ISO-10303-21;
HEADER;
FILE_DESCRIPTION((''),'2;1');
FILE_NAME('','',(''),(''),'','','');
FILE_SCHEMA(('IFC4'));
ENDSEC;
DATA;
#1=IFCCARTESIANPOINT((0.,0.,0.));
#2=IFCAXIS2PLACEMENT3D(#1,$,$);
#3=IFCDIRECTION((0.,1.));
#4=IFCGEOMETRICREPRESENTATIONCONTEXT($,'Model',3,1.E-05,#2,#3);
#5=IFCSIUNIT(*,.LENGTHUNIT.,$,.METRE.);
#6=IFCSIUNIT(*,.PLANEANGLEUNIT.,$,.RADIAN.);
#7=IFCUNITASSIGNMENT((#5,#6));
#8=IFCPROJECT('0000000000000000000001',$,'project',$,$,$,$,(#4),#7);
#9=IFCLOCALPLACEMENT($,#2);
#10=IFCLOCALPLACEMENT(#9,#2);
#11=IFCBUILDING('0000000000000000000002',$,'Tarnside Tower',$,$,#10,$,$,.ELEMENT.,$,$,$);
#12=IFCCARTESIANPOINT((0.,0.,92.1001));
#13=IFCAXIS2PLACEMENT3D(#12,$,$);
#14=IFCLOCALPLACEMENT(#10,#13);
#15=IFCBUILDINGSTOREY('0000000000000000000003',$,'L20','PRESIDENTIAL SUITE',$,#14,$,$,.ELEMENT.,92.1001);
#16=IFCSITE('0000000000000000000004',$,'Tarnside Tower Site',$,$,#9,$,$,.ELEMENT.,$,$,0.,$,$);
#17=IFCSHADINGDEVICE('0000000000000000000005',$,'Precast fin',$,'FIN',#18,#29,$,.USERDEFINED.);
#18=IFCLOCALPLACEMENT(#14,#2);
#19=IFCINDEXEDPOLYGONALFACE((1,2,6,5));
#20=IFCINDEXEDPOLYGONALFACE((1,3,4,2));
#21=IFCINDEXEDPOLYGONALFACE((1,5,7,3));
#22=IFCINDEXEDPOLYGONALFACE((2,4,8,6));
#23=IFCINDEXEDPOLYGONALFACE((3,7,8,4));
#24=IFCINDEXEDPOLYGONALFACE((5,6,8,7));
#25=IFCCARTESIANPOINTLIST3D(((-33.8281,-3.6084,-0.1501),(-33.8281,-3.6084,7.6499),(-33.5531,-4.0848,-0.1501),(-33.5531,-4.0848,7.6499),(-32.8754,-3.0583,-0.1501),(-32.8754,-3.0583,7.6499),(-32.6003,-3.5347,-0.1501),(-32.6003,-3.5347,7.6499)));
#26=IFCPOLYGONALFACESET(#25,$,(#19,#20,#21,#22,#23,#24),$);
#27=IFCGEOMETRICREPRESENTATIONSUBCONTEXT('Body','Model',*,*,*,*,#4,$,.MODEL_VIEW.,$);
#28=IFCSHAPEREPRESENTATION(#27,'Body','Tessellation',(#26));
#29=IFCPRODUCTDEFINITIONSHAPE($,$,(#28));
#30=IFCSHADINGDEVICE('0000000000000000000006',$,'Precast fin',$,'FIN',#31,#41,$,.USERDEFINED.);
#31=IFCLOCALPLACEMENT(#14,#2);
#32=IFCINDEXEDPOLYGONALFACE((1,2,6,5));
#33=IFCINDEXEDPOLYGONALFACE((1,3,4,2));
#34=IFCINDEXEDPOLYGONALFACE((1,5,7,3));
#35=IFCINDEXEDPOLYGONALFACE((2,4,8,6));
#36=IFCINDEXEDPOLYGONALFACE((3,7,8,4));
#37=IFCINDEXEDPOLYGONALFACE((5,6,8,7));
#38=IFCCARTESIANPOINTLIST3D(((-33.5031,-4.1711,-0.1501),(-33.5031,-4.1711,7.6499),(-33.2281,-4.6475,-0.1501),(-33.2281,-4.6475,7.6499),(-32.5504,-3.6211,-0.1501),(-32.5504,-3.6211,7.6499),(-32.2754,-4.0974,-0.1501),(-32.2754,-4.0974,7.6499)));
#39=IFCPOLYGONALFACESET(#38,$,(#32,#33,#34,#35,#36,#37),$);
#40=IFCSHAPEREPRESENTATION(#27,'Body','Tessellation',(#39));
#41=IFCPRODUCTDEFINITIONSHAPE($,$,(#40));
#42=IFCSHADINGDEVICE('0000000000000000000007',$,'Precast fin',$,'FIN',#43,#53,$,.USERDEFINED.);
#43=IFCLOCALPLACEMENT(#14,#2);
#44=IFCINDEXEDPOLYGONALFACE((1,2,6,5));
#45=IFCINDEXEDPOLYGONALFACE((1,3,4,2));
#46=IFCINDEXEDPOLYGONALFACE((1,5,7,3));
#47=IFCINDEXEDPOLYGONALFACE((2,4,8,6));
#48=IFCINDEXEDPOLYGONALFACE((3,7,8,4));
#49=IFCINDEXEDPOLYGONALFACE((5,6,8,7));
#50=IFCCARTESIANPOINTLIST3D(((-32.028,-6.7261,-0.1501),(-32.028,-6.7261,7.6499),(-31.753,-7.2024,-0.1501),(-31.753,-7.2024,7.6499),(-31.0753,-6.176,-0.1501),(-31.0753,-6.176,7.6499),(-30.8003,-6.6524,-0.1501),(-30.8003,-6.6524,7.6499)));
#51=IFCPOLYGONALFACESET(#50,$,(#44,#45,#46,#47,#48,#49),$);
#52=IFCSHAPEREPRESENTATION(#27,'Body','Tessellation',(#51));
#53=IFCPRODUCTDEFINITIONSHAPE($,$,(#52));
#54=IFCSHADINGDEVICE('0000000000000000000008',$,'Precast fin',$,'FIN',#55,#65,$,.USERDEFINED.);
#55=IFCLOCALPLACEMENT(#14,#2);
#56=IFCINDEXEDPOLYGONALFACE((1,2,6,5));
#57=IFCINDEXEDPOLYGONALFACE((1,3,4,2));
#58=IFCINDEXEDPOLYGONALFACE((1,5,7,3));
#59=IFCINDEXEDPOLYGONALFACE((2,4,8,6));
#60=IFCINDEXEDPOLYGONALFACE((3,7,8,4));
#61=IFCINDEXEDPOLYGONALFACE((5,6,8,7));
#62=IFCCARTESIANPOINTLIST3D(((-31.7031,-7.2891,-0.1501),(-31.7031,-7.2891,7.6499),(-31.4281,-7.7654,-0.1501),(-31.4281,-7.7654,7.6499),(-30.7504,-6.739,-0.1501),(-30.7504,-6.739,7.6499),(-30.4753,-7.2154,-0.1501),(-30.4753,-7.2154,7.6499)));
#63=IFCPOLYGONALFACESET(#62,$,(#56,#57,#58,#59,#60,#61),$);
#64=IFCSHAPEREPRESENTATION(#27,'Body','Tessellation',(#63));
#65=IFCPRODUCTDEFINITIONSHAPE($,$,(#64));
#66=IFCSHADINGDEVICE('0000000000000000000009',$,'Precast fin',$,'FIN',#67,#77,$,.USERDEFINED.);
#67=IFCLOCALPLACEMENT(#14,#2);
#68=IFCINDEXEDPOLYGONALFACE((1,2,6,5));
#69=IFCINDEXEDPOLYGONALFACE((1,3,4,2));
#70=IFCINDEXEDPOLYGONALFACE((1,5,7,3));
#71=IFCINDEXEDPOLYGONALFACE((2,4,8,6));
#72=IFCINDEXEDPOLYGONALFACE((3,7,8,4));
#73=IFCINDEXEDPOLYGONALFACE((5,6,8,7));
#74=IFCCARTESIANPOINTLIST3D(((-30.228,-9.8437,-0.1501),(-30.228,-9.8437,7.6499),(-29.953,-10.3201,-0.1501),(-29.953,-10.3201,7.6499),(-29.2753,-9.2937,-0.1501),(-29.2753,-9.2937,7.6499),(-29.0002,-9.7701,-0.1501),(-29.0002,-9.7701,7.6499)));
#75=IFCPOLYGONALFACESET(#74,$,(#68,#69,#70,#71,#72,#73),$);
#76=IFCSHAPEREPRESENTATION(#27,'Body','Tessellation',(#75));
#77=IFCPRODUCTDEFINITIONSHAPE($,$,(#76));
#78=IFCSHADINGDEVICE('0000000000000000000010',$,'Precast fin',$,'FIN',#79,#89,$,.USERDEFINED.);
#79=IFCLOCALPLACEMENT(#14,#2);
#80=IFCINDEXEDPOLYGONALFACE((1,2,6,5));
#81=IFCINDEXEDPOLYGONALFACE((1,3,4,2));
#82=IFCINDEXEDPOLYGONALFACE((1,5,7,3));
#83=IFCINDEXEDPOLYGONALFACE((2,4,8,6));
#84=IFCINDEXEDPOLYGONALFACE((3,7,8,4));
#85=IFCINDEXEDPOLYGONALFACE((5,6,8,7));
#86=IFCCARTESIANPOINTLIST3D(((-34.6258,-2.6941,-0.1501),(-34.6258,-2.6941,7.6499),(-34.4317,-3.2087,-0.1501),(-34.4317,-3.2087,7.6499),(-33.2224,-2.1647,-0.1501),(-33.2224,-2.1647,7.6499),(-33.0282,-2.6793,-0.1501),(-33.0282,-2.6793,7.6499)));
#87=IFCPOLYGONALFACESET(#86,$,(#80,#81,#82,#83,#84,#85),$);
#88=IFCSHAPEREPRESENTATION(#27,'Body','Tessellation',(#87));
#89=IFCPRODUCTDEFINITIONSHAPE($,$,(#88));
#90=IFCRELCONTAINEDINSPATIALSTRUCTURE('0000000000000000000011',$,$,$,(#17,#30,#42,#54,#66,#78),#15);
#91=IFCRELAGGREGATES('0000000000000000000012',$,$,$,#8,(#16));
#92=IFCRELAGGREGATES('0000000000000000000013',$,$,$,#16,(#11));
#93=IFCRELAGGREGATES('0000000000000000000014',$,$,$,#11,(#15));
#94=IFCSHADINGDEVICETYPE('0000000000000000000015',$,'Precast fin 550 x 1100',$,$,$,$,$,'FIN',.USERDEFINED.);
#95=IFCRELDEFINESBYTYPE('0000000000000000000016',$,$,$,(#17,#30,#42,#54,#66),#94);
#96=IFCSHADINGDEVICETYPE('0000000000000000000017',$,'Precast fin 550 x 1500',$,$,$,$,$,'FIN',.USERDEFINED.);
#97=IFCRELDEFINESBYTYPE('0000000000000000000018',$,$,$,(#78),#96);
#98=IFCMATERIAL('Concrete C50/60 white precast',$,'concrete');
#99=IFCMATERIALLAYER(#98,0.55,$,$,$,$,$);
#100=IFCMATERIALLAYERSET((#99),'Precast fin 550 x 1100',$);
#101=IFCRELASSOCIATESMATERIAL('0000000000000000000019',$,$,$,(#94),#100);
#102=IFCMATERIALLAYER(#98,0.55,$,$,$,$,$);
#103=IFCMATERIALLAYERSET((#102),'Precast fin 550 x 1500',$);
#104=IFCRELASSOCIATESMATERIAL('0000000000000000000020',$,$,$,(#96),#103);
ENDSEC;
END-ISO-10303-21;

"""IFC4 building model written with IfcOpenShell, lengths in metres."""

from ifc_helpers import new_model, si_unit, direction, frame, origin, place, context, subcontext, project, spatial, polyline, outline, extrude, material, layer, layer_set, type_object, element, save


model = new_model("IFC4")

# Units and contexts
model_context = context("Model", 3, precision=1e-05, world=origin(), true_north=direction((0.0, 1.0)))
body_context = subcontext(model_context, "Body", "Model", "MODEL_VIEW")
ifc_project = project(units=[si_unit("LENGTHUNIT", "METRE"), si_unit("PLANEANGLEUNIT", "RADIAN")], contexts=[model_context])

# Site, building, storey
site_placement = place(None, origin())
site = spatial("IfcSite", under=ifc_project, at=site_placement, Name="Tarnside Tower Site", CompositionType="ELEMENT", RefElevation=0.0)
building_placement = place(site_placement, origin())
building = spatial("IfcBuilding", under=site, at=building_placement, Name="Tarnside Tower", CompositionType="ELEMENT")
storey_placement = place(building_placement, frame((0.0, 0.0, 92.1001)))
storey = spatial("IfcBuildingStorey", under=building, at=storey_placement, Name="L20", Description="PRESIDENTIAL SUITE", CompositionType="ELEMENT", Elevation=92.1001)

# Shading devices
ifc_material_1 = material(Name="Concrete C50/60 white precast", Category="concrete")
ifc_layer_1 = layer(ifc_material_1, 0.55)
ifc_layer_set_1 = layer_set([ifc_layer_1], Name="Precast fin 550 x 1100")
shading_device_type_1 = type_object("IfcShadingDeviceType", Name="Precast fin 550 x 1100", ElementType="FIN", PredefinedType="USERDEFINED", material=ifc_layer_set_1)
for number, where, z_axis, x_axis, name in (
    (1, (-32.7378, -3.2966, -0.1501), (-0.5, 0.866025, 0.0), (-0.866025, -0.5, 0.0), "Precast fin"),
    (2, (-32.4128, -3.8594, -0.1501), (-0.5, 0.866025, 0.0), (-0.866025, -0.5, 0.0), "Precast fin"),
    (3, (-30.9377, -6.4143, -0.1501), (-0.5, 0.866025, 0.0), (-0.866025, -0.5, 0.0), "Precast fin"),
    (4, (-30.6128, -6.9773, -0.1501), (-0.5, 0.866025, 0.0), (-0.866025, -0.5, 0.0), "Precast fin"),
    (5, (-29.1377, -9.532, -0.1501), (-0.5, 0.866025, 0.0), (-0.866025, -0.5, 0.0), "Precast fin"),
):
    element("IfcShadingDevice", number, at=place(storey_placement, frame(where, z_axis=z_axis, x_axis=x_axis)), inside=storey, type_object=shading_device_type_1, Name=name, ObjectType="FIN", PredefinedType="USERDEFINED", context=body_context, shape_type="SweptSolid", body=[
        extrude(outline(polyline([(0.0, 0.0), (1.1001, 0.0), (1.1001, 7.8), (0.0, 7.8), (0.0, 0.0)])), frame((0.0, 0.0, -0.2749)), (0.0, 0.0, 1.0), 0.55),
    ])
ifc_layer_2 = layer(ifc_material_1, 0.55)
ifc_layer_set_2 = layer_set([ifc_layer_2], Name="Precast fin 550 x 1500")
shading_device_type_2 = type_object("IfcShadingDeviceType", Name="Precast fin 550 x 1500", ElementType="FIN", PredefinedType="USERDEFINED", material=ifc_layer_set_2)
shading_device_placement = place(storey_placement, frame((-33.1252, -2.4221, -0.1501), z_axis=(-0.352931, 0.93565, 0.0), x_axis=(-0.93565, -0.352931, 0.0)))
element("IfcShadingDevice", 6, at=shading_device_placement, inside=storey, type_object=shading_device_type_2, Name="Precast fin", ObjectType="FIN", PredefinedType="USERDEFINED", context=body_context, shape_type="SweptSolid", body=[
    extrude(outline(polyline([(0.0, 0.0), (1.5, 0.0), (1.5, 7.8), (0.0, 7.8), (0.0, 0.0)])), frame((0.0, 0.0, -0.2749)), (0.0, 0.0, 1.0), 0.55),
])

save(model, "model.ifc")
